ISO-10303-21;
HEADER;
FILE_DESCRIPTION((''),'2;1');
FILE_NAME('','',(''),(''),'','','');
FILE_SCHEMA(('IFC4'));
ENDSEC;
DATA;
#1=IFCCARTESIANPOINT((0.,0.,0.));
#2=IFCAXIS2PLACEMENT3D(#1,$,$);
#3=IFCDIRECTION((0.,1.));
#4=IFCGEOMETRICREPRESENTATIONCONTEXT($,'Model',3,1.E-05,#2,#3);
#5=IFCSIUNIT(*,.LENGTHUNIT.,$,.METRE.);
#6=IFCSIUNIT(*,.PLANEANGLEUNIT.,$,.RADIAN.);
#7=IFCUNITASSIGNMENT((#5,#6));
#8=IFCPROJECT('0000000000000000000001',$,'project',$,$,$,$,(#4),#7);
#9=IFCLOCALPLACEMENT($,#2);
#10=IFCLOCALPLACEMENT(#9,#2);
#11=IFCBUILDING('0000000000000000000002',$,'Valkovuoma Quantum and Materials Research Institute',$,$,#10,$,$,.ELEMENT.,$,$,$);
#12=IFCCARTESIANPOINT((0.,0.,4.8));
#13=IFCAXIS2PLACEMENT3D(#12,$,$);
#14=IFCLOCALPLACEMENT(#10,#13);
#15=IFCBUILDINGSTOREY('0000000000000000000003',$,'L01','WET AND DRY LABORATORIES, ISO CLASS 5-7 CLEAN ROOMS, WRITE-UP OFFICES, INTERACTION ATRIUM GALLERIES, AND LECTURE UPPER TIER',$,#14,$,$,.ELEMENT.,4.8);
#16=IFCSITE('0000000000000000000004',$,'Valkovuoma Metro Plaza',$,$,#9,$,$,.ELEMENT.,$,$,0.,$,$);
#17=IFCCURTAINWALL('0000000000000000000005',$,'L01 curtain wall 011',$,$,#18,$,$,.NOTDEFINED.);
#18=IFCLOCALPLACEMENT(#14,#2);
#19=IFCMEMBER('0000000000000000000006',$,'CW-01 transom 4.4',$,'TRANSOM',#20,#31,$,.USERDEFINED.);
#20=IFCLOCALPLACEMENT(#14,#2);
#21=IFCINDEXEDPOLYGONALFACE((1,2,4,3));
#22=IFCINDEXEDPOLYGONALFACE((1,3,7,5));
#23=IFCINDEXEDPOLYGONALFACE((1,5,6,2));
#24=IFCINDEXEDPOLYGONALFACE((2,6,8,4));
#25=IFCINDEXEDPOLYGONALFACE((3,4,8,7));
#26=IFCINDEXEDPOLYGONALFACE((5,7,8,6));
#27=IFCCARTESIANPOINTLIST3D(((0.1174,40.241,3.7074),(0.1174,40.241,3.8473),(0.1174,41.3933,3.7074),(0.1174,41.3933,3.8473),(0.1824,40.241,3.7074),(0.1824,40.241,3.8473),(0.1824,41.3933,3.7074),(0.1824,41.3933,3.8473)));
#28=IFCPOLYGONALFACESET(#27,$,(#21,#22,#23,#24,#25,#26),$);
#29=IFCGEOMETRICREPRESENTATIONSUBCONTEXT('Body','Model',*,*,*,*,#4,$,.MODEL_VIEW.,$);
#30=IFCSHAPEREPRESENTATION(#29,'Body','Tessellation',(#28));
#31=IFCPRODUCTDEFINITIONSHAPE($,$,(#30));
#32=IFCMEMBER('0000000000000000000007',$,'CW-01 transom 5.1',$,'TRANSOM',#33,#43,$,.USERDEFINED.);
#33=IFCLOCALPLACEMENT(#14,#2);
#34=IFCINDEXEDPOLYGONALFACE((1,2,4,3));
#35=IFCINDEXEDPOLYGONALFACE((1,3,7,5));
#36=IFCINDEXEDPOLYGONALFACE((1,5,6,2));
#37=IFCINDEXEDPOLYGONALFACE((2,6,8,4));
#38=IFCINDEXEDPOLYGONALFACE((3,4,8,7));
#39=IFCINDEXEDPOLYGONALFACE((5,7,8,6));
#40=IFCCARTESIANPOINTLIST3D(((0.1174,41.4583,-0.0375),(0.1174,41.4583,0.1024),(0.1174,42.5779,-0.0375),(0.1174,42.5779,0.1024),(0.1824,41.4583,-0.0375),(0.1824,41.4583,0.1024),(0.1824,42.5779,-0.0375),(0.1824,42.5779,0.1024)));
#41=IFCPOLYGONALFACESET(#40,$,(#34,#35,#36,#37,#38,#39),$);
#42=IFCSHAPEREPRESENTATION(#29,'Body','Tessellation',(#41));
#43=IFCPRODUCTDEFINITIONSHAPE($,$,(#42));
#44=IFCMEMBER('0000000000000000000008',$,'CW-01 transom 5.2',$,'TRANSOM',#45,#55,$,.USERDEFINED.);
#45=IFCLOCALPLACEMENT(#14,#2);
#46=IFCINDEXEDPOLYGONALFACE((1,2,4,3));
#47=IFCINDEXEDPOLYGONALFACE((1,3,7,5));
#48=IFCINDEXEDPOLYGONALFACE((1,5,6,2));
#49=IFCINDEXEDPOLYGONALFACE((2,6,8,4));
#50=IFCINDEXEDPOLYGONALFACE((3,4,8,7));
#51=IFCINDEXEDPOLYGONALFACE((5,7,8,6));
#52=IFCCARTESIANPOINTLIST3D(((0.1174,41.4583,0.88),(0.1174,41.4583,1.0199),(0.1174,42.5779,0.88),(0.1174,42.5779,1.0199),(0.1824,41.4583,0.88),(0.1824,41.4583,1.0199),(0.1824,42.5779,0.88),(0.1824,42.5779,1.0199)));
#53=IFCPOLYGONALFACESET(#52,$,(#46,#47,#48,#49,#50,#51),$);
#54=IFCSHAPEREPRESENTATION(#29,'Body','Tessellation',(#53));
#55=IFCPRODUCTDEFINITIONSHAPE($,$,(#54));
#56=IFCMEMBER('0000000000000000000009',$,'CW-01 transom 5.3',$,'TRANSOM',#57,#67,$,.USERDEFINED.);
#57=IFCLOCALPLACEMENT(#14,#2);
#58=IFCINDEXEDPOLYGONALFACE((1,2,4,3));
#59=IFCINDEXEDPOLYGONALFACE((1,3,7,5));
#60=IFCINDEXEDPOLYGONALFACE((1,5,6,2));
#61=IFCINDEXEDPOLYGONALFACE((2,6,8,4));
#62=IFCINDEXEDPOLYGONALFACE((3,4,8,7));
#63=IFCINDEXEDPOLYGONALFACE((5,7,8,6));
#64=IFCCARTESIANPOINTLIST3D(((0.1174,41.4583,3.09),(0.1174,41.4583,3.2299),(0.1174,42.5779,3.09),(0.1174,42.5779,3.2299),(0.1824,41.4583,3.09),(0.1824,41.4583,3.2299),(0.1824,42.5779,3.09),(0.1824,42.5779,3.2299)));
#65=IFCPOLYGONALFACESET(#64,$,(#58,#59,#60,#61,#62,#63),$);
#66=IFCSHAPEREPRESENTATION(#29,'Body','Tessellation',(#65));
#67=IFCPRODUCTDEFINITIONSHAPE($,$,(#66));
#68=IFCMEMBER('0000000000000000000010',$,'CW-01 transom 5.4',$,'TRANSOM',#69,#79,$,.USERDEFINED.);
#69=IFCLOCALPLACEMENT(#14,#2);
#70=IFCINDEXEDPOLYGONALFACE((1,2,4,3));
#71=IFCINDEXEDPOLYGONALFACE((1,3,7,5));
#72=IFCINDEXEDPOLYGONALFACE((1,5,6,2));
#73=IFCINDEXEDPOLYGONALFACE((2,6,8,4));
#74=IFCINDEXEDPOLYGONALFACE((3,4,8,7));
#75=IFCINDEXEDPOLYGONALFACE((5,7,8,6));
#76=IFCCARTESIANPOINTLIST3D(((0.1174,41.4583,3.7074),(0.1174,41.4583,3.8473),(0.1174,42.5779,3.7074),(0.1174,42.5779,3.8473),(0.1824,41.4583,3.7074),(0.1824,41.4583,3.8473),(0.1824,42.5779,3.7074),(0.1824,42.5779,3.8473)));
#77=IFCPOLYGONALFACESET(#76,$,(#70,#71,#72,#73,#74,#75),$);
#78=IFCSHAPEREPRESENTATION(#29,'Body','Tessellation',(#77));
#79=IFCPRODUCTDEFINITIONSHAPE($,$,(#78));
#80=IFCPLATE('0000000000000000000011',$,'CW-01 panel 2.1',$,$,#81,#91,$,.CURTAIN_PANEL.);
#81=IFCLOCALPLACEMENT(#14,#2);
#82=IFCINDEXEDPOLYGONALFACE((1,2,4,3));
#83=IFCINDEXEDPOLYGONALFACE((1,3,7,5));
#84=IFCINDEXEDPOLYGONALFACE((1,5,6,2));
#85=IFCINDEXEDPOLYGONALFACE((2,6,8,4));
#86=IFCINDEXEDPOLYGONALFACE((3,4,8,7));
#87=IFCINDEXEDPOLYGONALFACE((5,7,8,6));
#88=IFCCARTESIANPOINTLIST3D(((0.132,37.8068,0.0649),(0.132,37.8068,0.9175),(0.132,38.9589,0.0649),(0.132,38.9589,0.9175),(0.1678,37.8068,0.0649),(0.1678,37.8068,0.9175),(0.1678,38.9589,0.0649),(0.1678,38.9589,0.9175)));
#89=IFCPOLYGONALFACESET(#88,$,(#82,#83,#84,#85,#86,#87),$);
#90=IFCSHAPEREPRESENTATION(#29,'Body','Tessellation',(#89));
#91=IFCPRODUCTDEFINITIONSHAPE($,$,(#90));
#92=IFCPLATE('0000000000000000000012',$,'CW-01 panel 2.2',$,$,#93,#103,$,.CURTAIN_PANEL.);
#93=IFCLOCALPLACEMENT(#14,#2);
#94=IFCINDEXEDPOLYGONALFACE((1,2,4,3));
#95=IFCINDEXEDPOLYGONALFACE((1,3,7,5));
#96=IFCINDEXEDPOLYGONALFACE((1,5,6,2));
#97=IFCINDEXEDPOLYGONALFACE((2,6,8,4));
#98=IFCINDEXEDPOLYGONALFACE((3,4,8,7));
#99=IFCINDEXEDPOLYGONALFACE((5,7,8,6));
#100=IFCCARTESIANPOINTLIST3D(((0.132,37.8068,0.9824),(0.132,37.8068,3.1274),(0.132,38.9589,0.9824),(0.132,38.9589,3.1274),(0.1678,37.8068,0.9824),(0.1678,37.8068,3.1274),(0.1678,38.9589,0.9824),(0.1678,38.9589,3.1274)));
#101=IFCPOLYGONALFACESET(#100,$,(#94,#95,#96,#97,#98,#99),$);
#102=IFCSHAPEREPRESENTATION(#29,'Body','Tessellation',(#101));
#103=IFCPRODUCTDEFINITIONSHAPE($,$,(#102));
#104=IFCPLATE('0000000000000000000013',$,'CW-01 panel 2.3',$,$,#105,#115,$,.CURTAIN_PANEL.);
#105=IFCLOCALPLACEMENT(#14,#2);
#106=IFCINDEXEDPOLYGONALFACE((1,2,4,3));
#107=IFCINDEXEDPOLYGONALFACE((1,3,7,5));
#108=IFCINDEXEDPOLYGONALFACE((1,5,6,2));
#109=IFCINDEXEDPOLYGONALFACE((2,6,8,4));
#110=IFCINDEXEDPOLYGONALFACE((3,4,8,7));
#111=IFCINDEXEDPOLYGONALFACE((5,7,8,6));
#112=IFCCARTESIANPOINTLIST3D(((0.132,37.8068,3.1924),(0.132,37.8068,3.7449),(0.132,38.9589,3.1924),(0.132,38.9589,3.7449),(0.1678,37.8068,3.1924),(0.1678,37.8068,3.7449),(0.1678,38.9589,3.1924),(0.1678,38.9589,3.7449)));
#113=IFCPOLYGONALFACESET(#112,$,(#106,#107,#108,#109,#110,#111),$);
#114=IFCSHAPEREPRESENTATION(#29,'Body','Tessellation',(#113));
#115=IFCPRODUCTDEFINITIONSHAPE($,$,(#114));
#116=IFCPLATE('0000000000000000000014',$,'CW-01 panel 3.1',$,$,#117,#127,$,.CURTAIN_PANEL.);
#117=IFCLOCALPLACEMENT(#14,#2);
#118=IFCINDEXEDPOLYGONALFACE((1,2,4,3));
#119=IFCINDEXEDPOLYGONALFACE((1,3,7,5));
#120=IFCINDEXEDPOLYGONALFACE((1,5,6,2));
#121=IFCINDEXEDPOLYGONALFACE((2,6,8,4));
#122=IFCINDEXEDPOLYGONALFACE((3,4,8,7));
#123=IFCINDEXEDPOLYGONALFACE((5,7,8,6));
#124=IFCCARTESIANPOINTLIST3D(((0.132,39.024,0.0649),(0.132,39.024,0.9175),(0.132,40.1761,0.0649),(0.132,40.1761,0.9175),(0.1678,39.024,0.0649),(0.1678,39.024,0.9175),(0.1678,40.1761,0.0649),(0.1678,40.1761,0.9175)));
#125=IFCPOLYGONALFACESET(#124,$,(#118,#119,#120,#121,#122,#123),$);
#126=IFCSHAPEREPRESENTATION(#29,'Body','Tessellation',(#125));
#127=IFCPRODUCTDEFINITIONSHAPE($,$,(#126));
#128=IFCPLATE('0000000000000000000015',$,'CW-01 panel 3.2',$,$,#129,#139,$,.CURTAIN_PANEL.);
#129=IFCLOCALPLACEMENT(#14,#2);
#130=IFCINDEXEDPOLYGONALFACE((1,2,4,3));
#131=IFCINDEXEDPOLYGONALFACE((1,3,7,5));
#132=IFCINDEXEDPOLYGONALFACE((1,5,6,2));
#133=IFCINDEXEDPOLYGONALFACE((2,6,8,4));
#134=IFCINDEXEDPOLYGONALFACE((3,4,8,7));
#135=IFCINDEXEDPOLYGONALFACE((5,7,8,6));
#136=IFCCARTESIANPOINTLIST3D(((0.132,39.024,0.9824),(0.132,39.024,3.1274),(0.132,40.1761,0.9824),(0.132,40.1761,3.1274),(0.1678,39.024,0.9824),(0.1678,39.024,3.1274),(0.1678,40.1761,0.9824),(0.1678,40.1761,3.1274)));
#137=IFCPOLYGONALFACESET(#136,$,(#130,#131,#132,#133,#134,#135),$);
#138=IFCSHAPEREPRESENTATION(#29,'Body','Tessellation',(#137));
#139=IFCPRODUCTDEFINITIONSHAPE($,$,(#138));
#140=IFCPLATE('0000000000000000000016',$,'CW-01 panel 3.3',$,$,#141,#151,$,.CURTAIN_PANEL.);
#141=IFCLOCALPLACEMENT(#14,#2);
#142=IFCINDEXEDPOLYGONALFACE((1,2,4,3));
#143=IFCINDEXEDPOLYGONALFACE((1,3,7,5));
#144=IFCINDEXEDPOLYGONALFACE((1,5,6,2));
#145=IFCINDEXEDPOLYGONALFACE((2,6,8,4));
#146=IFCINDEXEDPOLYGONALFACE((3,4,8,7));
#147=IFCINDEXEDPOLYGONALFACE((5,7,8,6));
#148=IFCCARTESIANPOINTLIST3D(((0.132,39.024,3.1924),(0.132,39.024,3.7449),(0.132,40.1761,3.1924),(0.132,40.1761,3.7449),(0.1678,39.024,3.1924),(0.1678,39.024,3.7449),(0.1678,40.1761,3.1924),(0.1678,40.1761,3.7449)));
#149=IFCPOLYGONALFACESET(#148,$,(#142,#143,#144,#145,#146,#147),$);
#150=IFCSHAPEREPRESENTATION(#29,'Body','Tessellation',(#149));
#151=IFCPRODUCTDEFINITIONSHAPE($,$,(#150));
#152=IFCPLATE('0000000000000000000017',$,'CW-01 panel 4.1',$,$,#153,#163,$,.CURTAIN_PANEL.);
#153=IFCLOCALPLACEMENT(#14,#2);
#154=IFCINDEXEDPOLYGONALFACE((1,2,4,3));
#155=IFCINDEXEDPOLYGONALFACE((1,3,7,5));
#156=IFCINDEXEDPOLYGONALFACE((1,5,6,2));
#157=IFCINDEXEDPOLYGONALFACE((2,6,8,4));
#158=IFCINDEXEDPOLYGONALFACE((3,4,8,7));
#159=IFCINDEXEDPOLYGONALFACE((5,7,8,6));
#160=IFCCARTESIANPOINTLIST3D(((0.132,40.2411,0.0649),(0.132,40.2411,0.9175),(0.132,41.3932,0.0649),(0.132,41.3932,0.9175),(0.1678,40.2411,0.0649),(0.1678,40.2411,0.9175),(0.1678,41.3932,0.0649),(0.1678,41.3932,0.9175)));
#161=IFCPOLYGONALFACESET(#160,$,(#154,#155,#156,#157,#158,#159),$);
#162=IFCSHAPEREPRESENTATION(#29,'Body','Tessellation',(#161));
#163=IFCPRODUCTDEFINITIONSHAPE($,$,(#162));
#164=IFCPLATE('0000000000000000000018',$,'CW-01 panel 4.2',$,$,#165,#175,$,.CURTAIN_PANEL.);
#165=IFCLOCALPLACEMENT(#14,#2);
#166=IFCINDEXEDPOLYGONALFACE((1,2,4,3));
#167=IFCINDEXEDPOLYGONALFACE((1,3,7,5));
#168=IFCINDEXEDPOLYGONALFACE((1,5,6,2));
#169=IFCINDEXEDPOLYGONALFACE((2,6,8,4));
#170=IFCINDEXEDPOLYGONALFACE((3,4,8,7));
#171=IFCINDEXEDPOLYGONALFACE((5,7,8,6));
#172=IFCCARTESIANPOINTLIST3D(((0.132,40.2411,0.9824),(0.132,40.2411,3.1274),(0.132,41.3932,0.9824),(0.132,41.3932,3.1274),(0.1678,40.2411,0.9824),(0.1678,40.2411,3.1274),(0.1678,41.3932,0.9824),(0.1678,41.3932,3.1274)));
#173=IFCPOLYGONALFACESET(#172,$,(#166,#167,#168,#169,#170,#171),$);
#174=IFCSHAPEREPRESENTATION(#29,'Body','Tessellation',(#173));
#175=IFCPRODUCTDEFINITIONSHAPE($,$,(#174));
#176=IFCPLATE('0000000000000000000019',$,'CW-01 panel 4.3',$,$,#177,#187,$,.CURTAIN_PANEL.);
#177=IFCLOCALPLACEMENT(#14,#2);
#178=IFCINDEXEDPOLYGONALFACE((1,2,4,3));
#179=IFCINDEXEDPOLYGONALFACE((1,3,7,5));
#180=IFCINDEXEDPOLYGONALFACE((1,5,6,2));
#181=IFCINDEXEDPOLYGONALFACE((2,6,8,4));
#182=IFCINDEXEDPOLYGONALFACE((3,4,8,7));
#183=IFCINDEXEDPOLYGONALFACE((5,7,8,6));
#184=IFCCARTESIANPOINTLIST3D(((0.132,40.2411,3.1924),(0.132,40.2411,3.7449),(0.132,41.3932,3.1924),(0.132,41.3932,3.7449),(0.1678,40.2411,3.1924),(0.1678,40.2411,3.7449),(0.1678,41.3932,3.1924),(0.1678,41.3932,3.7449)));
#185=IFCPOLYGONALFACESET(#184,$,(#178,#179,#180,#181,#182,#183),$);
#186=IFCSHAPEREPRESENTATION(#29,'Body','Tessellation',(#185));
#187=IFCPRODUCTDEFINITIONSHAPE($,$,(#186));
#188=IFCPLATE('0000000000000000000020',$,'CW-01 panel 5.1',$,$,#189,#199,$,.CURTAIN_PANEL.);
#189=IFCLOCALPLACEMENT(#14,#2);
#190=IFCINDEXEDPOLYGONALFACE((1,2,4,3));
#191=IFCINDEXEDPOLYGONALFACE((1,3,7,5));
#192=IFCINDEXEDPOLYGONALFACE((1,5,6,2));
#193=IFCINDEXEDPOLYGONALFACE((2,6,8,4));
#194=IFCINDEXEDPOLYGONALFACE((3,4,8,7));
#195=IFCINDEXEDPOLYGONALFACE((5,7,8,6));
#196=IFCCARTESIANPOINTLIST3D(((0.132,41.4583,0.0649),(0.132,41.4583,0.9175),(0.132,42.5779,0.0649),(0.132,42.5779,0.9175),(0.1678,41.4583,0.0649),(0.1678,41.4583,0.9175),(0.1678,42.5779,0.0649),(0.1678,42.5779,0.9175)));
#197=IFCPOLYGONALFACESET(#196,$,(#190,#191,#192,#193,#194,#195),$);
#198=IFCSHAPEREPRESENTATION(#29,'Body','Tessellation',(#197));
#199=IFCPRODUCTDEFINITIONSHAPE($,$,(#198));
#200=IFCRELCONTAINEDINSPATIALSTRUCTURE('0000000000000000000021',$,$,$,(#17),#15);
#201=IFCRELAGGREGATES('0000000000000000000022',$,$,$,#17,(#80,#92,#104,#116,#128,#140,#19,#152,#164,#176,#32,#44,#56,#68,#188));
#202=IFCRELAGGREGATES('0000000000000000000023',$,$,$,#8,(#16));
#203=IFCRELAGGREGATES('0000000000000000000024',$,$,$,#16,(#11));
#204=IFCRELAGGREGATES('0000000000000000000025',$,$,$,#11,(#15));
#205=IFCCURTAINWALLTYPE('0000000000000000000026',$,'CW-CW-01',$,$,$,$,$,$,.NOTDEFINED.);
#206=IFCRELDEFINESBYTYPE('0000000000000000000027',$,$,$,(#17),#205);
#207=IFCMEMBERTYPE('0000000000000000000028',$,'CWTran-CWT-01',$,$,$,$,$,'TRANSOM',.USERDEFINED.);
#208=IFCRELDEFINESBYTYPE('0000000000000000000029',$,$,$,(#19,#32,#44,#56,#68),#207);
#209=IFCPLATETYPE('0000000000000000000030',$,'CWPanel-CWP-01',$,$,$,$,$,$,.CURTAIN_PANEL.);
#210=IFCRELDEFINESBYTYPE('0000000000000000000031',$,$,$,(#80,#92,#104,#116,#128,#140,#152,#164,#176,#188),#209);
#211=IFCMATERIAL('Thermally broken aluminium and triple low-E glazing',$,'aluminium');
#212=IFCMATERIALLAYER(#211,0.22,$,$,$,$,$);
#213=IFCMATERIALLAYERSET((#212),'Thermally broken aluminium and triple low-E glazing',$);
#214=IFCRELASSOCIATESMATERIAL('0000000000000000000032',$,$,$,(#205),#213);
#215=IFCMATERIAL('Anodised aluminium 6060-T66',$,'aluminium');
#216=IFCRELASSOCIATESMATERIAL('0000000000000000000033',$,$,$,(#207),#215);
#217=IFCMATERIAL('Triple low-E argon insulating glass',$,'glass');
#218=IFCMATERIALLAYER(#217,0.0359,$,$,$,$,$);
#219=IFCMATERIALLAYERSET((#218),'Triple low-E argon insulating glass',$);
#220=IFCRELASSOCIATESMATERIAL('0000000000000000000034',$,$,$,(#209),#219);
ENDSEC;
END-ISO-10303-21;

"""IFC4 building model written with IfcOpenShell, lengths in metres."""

from ifc_helpers import new_model, si_unit, direction, frame, origin, origin_2d, place, context, subcontext, project, spatial, rectangle, extrude, material, layer, layer_set, material_profile, profile_set, type_object, element, aggregate, save


model = new_model("IFC4")

# Units and contexts
model_context = context("Model", 3, precision=1e-05, world=origin(), true_north=direction((0.0, 1.0)))
body_context = subcontext(model_context, "Body", "Model", "MODEL_VIEW")
ifc_project = project(units=[si_unit("LENGTHUNIT", "METRE"), si_unit("PLANEANGLEUNIT", "RADIAN")], contexts=[model_context])

# Site, building, storey
site_placement = place(None, origin())
site = spatial("IfcSite", under=ifc_project, at=site_placement, Name="Valkovuoma Metro Plaza", CompositionType="ELEMENT", RefElevation=0.0)
building_placement = place(site_placement, origin())
building = spatial("IfcBuilding", under=site, at=building_placement, Name="Valkovuoma Quantum and Materials Research Institute", CompositionType="ELEMENT")
storey_placement = place(building_placement, frame((0.0, 0.0, 4.8)))
storey = spatial("IfcBuildingStorey", under=building, at=storey_placement, Name="L01", Description="WET AND DRY LABORATORIES, ISO CLASS 5-7 CLEAN ROOMS, WRITE-UP OFFICES, INTERACTION ATRIUM GALLERIES, AND LECTURE UPPER TIER", CompositionType="ELEMENT", Elevation=4.8)

# Curtain wall, members, plates
ifc_material_1 = material(Name="Thermally broken aluminium and triple low-E glazing", Category="aluminium")
ifc_layer_1 = layer(ifc_material_1, 0.22)
ifc_layer_set_1 = layer_set([ifc_layer_1], Name="Thermally broken aluminium and triple low-E glazing")
curtain_wall_type = type_object("IfcCurtainWallType", Name="CW-CW-01", PredefinedType="NOTDEFINED", material=ifc_layer_set_1)
curtain_wall_placement = place(storey_placement, origin())
curtain_wall = element("IfcCurtainWall", 1, at=curtain_wall_placement, inside=storey, type_object=curtain_wall_type, Name="L01 curtain wall 011", PredefinedType="NOTDEFINED")
ifc_material_2 = material(Name="Anodised aluminium 6060-T66", Category="aluminium")
ifc_material_profile_1 = material_profile(ifc_material_2, rectangle(XDim=0.0649, YDim=0.1399, at=origin_2d()), Name="Anodised aluminium 6060-T66")
ifc_profile_set_1 = profile_set([ifc_material_profile_1], Name="Anodised aluminium 6060-T66")
member_type_1 = type_object("IfcMemberType", Name="CWTran-CWT-01", ElementType="TRANSOM", PredefinedType="USERDEFINED", material=ifc_profile_set_1)
member_1_placement = place(storey_placement, frame((0.1499, 40.241, 3.7773), z_axis=(0.0, 1.0, 0.0), x_axis=(-1.0, 0.0, 0.0)))
member_1 = element("IfcMember", 2, at=member_1_placement, type_object=member_type_1, Name="CW-01 transom 4.4", ObjectType="TRANSOM", PredefinedType="USERDEFINED", context=body_context, shape_type="SweptSolid", body=[
    extrude(rectangle(XDim=0.0649, YDim=0.1399, at=origin_2d()), origin(), (0.0, 0.0, 1.0), 1.1523),
])
member_2_placement = place(storey_placement, frame((0.1499, 41.4583, 0.0325), z_axis=(0.0, 1.0, 0.0), x_axis=(-1.0, 0.0, 0.0)))
member_2 = element("IfcMember", 3, at=member_2_placement, type_object=member_type_1, Name="CW-01 transom 5.1", ObjectType="TRANSOM", PredefinedType="USERDEFINED", context=body_context, shape_type="SweptSolid", body=[
    extrude(rectangle(XDim=0.0649, YDim=0.1399, at=origin_2d()), origin(), (0.0, 0.0, 1.0), 1.1196),
])
member_3_placement = place(storey_placement, frame((0.1499, 41.4583, 0.95), z_axis=(0.0, 1.0, 0.0), x_axis=(-1.0, 0.0, 0.0)))
member_3 = element("IfcMember", 4, at=member_3_placement, type_object=member_type_1, Name="CW-01 transom 5.2", ObjectType="TRANSOM", PredefinedType="USERDEFINED", context=body_context, shape_type="SweptSolid", body=[
    extrude(rectangle(XDim=0.0649, YDim=0.1399, at=origin_2d()), origin(), (0.0, 0.0, 1.0), 1.1196),
])
member_4_placement = place(storey_placement, frame((0.1499, 41.4583, 3.1599), z_axis=(0.0, 1.0, 0.0), x_axis=(-1.0, 0.0, 0.0)))
member_4 = element("IfcMember", 5, at=member_4_placement, type_object=member_type_1, Name="CW-01 transom 5.3", ObjectType="TRANSOM", PredefinedType="USERDEFINED", context=body_context, shape_type="SweptSolid", body=[
    extrude(rectangle(XDim=0.0649, YDim=0.1399, at=origin_2d()), origin(), (0.0, 0.0, 1.0), 1.1196),
])
member_5_placement = place(storey_placement, frame((0.1499, 41.4583, 3.7773), z_axis=(0.0, 1.0, 0.0), x_axis=(-1.0, 0.0, 0.0)))
member_5 = element("IfcMember", 6, at=member_5_placement, type_object=member_type_1, Name="CW-01 transom 5.4", ObjectType="TRANSOM", PredefinedType="USERDEFINED", context=body_context, shape_type="SweptSolid", body=[
    extrude(rectangle(XDim=0.0649, YDim=0.1399, at=origin_2d()), origin(), (0.0, 0.0, 1.0), 1.1196),
])
ifc_material_3 = material(Name="Triple low-E argon insulating glass", Category="glass")
ifc_layer_2 = layer(ifc_material_3, 0.0359)
ifc_layer_set_2 = layer_set([ifc_layer_2], Name="Triple low-E argon insulating glass")
plate_type = type_object("IfcPlateType", Name="CWPanel-CWP-01", PredefinedType="CURTAIN_PANEL", material=ifc_layer_set_2)
plate_1_placement = place(storey_placement, frame((0.1499, 38.3828, 0.0649), z_axis=(0.0, 0.0, 1.0), x_axis=(0.0, 1.0, 0.0)))
plate_1 = element("IfcPlate", 7, at=plate_1_placement, type_object=plate_type, Name="CW-01 panel 2.1", PredefinedType="CURTAIN_PANEL", context=body_context, shape_type="SweptSolid", body=[
    extrude(rectangle(XDim=1.1521, YDim=0.0359, at=origin_2d()), origin(), (0.0, 0.0, 1.0), 0.8525),
])
plate_2_placement = place(storey_placement, frame((0.1499, 38.3828, 0.9824), z_axis=(0.0, 0.0, 1.0), x_axis=(0.0, 1.0, 0.0)))
plate_2 = element("IfcPlate", 8, at=plate_2_placement, type_object=plate_type, Name="CW-01 panel 2.2", PredefinedType="CURTAIN_PANEL", context=body_context, shape_type="SweptSolid", body=[
    extrude(rectangle(XDim=1.1521, YDim=0.0359, at=origin_2d()), origin(), (0.0, 0.0, 1.0), 2.145),
])
plate_3_placement = place(storey_placement, frame((0.1499, 38.3828, 3.1924), z_axis=(0.0, 0.0, 1.0), x_axis=(0.0, 1.0, 0.0)))
plate_3 = element("IfcPlate", 9, at=plate_3_placement, type_object=plate_type, Name="CW-01 panel 2.3", PredefinedType="CURTAIN_PANEL", context=body_context, shape_type="SweptSolid", body=[
    extrude(rectangle(XDim=1.1521, YDim=0.0359, at=origin_2d()), origin(), (0.0, 0.0, 1.0), 0.5525),
])
plate_4_placement = place(storey_placement, frame((0.1499, 39.6001, 0.0649), z_axis=(0.0, 0.0, 1.0), x_axis=(0.0, 1.0, 0.0)))
plate_4 = element("IfcPlate", 10, at=plate_4_placement, type_object=plate_type, Name="CW-01 panel 3.1", PredefinedType="CURTAIN_PANEL", context=body_context, shape_type="SweptSolid", body=[
    extrude(rectangle(XDim=1.1521, YDim=0.0359, at=origin_2d()), origin(), (0.0, 0.0, 1.0), 0.8525),
])
plate_5_placement = place(storey_placement, frame((0.1499, 39.6001, 0.9824), z_axis=(0.0, 0.0, 1.0), x_axis=(0.0, 1.0, 0.0)))
plate_5 = element("IfcPlate", 11, at=plate_5_placement, type_object=plate_type, Name="CW-01 panel 3.2", PredefinedType="CURTAIN_PANEL", context=body_context, shape_type="SweptSolid", body=[
    extrude(rectangle(XDim=1.1521, YDim=0.0359, at=origin_2d()), origin(), (0.0, 0.0, 1.0), 2.145),
])
plate_6_placement = place(storey_placement, frame((0.1499, 39.6001, 3.1924), z_axis=(0.0, 0.0, 1.0), x_axis=(0.0, 1.0, 0.0)))
plate_6 = element("IfcPlate", 12, at=plate_6_placement, type_object=plate_type, Name="CW-01 panel 3.3", PredefinedType="CURTAIN_PANEL", context=body_context, shape_type="SweptSolid", body=[
    extrude(rectangle(XDim=1.1521, YDim=0.0359, at=origin_2d()), origin(), (0.0, 0.0, 1.0), 0.5525),
])
plate_7_placement = place(storey_placement, frame((0.1499, 40.8171, 0.0649), z_axis=(0.0, 0.0, 1.0), x_axis=(0.0, 1.0, 0.0)))
plate_7 = element("IfcPlate", 13, at=plate_7_placement, type_object=plate_type, Name="CW-01 panel 4.1", PredefinedType="CURTAIN_PANEL", context=body_context, shape_type="SweptSolid", body=[
    extrude(rectangle(XDim=1.1521, YDim=0.0359, at=origin_2d()), origin(), (0.0, 0.0, 1.0), 0.8525),
])
plate_8_placement = place(storey_placement, frame((0.1499, 40.8171, 0.9824), z_axis=(0.0, 0.0, 1.0), x_axis=(0.0, 1.0, 0.0)))
plate_8 = element("IfcPlate", 14, at=plate_8_placement, type_object=plate_type, Name="CW-01 panel 4.2", PredefinedType="CURTAIN_PANEL", context=body_context, shape_type="SweptSolid", body=[
    extrude(rectangle(XDim=1.1521, YDim=0.0359, at=origin_2d()), origin(), (0.0, 0.0, 1.0), 2.145),
])
plate_9_placement = place(storey_placement, frame((0.1499, 40.8171, 3.1924), z_axis=(0.0, 0.0, 1.0), x_axis=(0.0, 1.0, 0.0)))
plate_9 = element("IfcPlate", 15, at=plate_9_placement, type_object=plate_type, Name="CW-01 panel 4.3", PredefinedType="CURTAIN_PANEL", context=body_context, shape_type="SweptSolid", body=[
    extrude(rectangle(XDim=1.1521, YDim=0.0359, at=origin_2d()), origin(), (0.0, 0.0, 1.0), 0.5525),
])
plate_10_placement = place(storey_placement, frame((0.1499, 42.0181, 0.0649), z_axis=(0.0, 0.0, 1.0), x_axis=(0.0, 1.0, 0.0)))
plate_10 = element("IfcPlate", 16, at=plate_10_placement, type_object=plate_type, Name="CW-01 panel 5.1", PredefinedType="CURTAIN_PANEL", context=body_context, shape_type="SweptSolid", body=[
    extrude(rectangle(XDim=1.1196, YDim=0.0359, at=origin_2d()), origin(), (0.0, 0.0, 1.0), 0.8525),
])
aggregate(curtain_wall, [plate_1, plate_2, plate_3, plate_4, plate_5, plate_6, member_1, plate_7, plate_8, plate_9, member_2, member_3, member_4, member_5, plate_10])

save(model, "model.ifc")
